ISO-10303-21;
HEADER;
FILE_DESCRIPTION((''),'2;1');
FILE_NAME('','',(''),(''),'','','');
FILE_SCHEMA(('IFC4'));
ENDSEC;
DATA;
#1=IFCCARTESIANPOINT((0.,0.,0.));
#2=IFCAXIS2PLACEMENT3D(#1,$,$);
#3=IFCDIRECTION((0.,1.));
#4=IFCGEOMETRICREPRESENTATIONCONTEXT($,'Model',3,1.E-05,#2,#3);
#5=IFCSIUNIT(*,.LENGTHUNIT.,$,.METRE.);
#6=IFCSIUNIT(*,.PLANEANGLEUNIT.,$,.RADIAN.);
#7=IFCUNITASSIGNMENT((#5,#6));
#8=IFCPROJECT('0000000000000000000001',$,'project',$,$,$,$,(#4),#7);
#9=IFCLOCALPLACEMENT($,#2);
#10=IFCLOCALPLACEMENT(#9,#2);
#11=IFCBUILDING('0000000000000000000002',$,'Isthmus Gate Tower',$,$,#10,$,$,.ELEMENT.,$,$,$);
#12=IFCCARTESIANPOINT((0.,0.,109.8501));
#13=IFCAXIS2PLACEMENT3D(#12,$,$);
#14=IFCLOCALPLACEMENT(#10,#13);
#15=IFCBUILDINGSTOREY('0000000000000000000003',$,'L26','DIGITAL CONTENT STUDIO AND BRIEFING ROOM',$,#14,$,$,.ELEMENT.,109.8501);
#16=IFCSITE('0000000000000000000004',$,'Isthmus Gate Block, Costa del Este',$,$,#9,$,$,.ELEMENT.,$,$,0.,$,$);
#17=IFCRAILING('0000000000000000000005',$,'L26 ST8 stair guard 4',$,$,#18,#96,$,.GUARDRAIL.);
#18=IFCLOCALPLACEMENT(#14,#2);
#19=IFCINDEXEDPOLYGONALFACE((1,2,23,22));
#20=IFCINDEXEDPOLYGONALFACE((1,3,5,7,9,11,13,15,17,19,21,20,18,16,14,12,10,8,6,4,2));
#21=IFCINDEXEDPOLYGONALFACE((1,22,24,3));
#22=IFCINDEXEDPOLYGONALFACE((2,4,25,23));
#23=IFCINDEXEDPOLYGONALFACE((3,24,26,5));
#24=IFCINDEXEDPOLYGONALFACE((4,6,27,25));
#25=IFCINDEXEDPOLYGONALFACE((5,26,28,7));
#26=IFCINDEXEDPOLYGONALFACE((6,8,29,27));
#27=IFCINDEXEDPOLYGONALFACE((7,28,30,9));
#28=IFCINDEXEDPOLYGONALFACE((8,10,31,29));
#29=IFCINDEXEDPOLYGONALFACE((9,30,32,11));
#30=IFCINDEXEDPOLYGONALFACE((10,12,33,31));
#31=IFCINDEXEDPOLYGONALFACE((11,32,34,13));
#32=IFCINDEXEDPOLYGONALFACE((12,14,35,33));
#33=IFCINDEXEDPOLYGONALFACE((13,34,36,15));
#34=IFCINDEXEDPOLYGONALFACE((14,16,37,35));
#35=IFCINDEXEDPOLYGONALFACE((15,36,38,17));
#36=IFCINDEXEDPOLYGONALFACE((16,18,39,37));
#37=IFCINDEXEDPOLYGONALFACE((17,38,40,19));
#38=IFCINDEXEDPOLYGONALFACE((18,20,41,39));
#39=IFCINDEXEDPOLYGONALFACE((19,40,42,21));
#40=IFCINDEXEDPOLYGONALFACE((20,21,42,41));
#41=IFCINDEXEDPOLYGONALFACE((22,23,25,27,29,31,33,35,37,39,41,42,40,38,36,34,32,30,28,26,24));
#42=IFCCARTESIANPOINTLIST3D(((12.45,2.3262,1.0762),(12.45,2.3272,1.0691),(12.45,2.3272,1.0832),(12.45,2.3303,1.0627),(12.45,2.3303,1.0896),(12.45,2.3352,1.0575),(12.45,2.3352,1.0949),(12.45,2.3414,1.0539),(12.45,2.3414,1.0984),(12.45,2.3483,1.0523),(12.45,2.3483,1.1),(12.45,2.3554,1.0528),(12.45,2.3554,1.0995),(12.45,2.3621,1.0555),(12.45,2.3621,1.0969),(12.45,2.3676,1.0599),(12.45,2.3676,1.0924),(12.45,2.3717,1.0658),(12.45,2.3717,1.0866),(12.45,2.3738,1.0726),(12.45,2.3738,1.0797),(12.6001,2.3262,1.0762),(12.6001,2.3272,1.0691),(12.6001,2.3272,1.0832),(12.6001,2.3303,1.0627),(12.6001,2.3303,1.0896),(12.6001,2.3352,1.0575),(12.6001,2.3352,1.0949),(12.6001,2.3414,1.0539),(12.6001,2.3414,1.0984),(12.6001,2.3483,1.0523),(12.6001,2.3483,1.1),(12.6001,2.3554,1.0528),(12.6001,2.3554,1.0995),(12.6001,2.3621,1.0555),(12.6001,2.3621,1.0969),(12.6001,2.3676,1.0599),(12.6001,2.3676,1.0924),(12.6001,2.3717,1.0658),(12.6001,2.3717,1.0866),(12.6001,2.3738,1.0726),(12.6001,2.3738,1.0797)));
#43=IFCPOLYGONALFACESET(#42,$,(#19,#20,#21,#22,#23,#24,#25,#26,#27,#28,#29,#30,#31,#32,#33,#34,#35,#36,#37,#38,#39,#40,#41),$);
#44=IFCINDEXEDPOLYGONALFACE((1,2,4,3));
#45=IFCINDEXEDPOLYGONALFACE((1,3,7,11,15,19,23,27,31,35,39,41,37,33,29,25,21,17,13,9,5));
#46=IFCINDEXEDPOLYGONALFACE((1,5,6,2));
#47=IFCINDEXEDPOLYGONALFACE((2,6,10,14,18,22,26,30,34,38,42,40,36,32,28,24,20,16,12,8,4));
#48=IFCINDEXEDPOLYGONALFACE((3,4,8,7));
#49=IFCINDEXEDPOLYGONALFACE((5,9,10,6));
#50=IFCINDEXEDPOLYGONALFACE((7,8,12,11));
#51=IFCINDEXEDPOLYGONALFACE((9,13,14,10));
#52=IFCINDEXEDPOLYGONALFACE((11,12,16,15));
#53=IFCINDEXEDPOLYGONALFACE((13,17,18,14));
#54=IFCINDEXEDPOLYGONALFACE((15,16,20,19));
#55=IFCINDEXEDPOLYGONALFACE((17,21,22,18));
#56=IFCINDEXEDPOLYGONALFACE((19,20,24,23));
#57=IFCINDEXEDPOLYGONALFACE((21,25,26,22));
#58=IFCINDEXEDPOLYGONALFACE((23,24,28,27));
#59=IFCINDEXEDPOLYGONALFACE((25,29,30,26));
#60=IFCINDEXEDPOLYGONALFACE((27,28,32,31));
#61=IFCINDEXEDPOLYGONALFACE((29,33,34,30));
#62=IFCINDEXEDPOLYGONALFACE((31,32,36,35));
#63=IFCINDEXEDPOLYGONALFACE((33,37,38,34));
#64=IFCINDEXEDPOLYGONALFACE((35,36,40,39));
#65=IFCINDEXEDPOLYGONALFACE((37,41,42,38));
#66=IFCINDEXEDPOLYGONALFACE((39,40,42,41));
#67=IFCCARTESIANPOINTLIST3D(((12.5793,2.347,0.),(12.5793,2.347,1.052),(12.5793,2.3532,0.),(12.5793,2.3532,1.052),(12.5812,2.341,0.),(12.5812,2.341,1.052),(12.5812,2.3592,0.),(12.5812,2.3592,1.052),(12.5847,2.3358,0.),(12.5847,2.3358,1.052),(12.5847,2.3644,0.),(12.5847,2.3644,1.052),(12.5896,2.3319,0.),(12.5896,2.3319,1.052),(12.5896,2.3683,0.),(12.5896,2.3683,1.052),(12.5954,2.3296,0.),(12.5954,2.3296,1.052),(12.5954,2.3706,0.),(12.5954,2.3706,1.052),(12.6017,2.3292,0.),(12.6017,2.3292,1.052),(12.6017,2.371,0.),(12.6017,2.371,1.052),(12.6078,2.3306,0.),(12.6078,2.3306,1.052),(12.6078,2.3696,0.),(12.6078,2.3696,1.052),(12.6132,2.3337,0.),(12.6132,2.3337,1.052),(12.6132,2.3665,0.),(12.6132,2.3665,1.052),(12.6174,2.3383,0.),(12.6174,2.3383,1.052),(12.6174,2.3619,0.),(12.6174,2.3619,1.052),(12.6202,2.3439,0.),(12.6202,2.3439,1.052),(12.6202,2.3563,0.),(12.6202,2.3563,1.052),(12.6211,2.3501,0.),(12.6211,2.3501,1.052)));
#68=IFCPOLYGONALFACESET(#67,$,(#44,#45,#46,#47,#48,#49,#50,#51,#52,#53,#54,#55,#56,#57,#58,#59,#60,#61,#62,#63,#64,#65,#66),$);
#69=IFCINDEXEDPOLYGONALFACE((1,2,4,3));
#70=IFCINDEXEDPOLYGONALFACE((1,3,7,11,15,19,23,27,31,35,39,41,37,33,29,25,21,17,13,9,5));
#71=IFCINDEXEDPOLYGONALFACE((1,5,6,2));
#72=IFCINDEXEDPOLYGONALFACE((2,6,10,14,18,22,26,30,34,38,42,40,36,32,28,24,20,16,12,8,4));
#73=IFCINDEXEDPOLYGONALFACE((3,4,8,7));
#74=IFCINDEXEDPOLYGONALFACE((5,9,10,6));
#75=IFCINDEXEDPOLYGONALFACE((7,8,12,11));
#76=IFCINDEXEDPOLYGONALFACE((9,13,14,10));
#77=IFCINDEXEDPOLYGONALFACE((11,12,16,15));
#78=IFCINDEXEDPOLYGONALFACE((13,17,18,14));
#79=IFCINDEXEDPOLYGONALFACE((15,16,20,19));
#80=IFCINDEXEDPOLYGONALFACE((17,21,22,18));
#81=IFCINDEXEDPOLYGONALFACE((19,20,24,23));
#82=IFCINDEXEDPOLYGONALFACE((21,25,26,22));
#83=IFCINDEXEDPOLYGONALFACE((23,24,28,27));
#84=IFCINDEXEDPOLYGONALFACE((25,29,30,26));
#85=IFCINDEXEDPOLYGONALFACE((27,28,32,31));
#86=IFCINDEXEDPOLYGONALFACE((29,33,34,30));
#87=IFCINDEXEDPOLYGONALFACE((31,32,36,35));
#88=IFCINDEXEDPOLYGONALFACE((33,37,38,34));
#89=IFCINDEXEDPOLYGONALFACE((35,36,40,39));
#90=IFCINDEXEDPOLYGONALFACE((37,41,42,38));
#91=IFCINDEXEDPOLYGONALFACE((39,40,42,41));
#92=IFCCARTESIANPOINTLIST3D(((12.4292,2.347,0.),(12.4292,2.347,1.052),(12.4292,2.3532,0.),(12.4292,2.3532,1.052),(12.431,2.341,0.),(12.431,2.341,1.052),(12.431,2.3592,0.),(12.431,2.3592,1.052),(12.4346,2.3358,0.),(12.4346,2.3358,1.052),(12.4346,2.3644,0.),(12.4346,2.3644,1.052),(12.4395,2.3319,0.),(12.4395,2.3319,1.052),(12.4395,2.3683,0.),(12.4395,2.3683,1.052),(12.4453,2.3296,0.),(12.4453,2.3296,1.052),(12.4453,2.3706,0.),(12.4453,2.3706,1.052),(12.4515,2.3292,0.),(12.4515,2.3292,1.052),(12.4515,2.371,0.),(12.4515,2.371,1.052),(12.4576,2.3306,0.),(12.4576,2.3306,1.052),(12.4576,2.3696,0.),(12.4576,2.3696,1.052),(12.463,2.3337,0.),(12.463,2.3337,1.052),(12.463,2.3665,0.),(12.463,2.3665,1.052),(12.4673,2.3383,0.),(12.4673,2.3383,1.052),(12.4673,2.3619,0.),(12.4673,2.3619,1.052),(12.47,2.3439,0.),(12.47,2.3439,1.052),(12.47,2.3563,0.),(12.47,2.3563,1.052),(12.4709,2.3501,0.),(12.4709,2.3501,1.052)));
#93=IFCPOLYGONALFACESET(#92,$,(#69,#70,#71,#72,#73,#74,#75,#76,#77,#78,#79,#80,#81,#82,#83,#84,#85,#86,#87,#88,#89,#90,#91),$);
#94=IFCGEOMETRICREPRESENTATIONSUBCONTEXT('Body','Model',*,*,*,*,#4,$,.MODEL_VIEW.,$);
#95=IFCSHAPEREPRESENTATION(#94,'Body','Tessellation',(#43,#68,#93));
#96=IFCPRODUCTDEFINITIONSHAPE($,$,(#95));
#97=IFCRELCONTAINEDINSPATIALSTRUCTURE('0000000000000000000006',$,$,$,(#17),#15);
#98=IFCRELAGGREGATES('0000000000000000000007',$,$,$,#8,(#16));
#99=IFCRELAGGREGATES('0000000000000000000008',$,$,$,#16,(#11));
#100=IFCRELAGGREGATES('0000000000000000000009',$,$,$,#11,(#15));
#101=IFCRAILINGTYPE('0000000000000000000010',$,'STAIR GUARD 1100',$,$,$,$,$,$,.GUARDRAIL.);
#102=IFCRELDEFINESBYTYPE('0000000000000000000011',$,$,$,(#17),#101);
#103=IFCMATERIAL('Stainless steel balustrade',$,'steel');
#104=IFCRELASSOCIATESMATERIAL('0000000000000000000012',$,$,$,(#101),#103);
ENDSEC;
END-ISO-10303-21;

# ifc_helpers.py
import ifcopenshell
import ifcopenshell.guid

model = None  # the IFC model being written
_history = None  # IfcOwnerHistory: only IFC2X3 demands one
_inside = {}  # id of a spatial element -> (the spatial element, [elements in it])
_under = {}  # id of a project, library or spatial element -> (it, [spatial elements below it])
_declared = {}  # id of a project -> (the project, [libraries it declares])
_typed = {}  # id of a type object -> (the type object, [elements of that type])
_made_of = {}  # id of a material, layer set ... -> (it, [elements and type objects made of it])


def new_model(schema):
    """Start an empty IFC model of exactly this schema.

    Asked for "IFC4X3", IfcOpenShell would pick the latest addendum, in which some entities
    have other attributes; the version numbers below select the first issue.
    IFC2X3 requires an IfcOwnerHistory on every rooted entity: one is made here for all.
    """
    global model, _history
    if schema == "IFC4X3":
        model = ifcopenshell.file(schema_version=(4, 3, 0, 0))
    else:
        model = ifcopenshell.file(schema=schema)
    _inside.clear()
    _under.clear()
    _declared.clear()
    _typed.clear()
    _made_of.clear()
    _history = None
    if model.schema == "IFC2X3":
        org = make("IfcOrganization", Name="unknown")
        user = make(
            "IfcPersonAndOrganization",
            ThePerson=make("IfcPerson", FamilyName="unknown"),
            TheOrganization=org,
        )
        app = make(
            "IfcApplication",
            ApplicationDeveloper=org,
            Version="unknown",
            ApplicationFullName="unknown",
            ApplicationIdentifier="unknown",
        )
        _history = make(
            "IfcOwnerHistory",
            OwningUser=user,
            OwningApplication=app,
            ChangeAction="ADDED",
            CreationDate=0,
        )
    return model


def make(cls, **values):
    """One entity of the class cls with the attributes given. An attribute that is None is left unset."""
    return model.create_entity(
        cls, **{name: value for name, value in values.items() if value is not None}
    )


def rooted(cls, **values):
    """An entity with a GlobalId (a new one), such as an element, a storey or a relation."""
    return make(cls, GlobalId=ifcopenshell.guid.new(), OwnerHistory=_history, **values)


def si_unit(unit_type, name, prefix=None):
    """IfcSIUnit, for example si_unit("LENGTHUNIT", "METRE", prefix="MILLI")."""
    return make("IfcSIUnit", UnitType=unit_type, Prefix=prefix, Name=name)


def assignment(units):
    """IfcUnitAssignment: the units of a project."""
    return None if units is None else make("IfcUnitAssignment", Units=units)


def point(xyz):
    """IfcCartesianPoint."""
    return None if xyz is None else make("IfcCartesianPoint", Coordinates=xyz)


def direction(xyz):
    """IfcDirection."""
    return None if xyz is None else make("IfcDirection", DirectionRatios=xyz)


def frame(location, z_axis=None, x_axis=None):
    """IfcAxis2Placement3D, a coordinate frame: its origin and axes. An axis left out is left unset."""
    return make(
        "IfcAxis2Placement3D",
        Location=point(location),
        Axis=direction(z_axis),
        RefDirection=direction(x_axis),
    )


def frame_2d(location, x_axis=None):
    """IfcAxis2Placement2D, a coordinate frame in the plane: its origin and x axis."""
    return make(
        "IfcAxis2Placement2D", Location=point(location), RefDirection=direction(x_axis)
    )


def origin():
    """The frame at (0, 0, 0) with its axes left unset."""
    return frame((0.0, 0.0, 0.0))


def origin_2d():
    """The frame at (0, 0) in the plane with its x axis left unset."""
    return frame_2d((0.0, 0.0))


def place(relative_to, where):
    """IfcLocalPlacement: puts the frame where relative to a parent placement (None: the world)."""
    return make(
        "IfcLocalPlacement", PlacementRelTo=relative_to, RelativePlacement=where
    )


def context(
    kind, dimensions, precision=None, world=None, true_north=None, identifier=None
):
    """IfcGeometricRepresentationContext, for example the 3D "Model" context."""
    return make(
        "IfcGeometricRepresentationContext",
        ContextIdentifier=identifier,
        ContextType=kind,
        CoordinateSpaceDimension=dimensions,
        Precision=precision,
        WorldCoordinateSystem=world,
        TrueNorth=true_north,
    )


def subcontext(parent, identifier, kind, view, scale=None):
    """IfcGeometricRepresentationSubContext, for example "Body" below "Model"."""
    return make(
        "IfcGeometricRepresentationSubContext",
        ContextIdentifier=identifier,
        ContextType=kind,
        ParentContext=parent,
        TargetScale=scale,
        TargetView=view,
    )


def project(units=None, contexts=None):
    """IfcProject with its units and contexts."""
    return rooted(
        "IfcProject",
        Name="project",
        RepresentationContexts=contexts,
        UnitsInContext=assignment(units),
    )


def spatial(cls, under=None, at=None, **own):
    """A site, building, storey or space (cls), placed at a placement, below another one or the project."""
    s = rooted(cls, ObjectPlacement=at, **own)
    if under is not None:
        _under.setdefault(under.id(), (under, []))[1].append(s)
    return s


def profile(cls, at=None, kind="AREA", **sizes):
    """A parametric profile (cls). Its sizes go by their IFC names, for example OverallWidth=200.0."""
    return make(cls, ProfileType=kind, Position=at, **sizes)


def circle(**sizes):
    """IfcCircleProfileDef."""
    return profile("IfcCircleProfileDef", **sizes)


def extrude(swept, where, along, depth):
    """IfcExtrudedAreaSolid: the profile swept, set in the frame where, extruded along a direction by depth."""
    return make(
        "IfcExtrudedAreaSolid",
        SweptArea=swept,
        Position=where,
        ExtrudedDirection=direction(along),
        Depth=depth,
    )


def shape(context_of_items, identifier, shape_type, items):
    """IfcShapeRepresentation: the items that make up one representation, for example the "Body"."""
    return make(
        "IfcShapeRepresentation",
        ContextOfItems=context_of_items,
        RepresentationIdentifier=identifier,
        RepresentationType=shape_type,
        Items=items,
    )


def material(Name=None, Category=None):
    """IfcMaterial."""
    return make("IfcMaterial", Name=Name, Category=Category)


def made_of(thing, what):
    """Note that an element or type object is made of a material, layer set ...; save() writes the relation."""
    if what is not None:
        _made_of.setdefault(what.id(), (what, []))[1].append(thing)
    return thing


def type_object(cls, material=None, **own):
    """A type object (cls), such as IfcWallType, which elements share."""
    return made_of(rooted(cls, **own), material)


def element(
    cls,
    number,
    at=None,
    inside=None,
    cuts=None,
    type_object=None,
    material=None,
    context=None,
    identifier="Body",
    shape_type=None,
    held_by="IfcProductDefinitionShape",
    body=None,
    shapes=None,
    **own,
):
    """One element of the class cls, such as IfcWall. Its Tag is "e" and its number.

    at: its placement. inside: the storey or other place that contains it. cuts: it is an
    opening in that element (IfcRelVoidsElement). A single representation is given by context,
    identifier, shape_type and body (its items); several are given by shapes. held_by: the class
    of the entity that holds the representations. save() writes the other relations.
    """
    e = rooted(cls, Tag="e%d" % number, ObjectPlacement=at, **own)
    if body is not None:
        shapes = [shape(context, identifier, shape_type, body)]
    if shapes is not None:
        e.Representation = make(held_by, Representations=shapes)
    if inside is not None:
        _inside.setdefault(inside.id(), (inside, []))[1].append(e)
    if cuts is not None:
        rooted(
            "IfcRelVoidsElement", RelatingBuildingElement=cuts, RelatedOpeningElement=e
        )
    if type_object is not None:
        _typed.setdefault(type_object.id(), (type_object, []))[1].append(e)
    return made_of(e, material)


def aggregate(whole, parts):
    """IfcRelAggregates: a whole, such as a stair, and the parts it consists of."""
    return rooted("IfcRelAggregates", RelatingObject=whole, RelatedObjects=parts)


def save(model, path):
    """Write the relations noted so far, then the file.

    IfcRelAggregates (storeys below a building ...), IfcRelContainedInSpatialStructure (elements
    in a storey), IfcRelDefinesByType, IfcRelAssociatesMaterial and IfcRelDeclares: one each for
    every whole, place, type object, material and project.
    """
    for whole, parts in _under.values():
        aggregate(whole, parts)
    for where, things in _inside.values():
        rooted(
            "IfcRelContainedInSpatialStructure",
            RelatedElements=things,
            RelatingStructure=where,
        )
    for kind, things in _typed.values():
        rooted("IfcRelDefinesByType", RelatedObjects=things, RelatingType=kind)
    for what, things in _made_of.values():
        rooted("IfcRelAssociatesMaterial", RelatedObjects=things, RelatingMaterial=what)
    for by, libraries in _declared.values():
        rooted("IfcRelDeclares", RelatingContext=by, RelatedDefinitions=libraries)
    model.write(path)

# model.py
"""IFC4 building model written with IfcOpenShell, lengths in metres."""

from ifc_helpers import new_model, si_unit, direction, frame, origin, origin_2d, place, context, subcontext, project, spatial, circle, extrude, material, type_object, element, save


model = new_model("IFC4")

# Units and contexts
model_context = context("Model", 3, precision=1e-05, world=origin(), true_north=direction((0.0, 1.0)))
body_context = subcontext(model_context, "Body", "Model", "MODEL_VIEW")
ifc_project = project(units=[si_unit("LENGTHUNIT", "METRE"), si_unit("PLANEANGLEUNIT", "RADIAN")], contexts=[model_context])

# Site, building, storey
site_placement = place(None, origin())
site = spatial("IfcSite", under=ifc_project, at=site_placement, Name="Isthmus Gate Block, Costa del Este", CompositionType="ELEMENT", RefElevation=0.0)
building_placement = place(site_placement, origin())
building = spatial("IfcBuilding", under=site, at=building_placement, Name="Isthmus Gate Tower", CompositionType="ELEMENT")
storey_placement = place(building_placement, frame((0.0, 0.0, 109.8501)))
storey = spatial("IfcBuildingStorey", under=building, at=storey_placement, Name="L26", Description="DIGITAL CONTENT STUDIO AND BRIEFING ROOM", CompositionType="ELEMENT", Elevation=109.8501)

# Railing
ifc_material_1 = material(Name="Stainless steel balustrade", Category="steel")
railing_type_1 = type_object("IfcRailingType", Name="STAIR GUARD 1100", PredefinedType="GUARDRAIL", material=ifc_material_1)
railing_1_placement = place(storey_placement, frame((12.6001, 2.3501, 0.0)))
element("IfcRailing", 1, at=railing_1_placement, inside=storey, type_object=railing_type_1, Name="L26 ST8 stair guard 4", PredefinedType="GUARDRAIL", context=body_context, shape_type="SweptSolid", body=[
    extrude(circle(Radius=0.0239, at=origin_2d()), frame((0.0, 0.0, 1.0762), z_axis=(-1.0, 0.0, 0.0), x_axis=(0.0, -1.0, 0.0)), (0.0, 0.0, 1.0), 0.1501),
    extrude(circle(Radius=0.021, at=origin_2d()), origin(), (0.0, 0.0, 1.0), 1.052),
    extrude(circle(Radius=0.021, at=origin_2d()), frame((-0.1501, 0.0, 0.0)), (0.0, 0.0, 1.0), 1.052),
])

save(model, "model.ifc")
